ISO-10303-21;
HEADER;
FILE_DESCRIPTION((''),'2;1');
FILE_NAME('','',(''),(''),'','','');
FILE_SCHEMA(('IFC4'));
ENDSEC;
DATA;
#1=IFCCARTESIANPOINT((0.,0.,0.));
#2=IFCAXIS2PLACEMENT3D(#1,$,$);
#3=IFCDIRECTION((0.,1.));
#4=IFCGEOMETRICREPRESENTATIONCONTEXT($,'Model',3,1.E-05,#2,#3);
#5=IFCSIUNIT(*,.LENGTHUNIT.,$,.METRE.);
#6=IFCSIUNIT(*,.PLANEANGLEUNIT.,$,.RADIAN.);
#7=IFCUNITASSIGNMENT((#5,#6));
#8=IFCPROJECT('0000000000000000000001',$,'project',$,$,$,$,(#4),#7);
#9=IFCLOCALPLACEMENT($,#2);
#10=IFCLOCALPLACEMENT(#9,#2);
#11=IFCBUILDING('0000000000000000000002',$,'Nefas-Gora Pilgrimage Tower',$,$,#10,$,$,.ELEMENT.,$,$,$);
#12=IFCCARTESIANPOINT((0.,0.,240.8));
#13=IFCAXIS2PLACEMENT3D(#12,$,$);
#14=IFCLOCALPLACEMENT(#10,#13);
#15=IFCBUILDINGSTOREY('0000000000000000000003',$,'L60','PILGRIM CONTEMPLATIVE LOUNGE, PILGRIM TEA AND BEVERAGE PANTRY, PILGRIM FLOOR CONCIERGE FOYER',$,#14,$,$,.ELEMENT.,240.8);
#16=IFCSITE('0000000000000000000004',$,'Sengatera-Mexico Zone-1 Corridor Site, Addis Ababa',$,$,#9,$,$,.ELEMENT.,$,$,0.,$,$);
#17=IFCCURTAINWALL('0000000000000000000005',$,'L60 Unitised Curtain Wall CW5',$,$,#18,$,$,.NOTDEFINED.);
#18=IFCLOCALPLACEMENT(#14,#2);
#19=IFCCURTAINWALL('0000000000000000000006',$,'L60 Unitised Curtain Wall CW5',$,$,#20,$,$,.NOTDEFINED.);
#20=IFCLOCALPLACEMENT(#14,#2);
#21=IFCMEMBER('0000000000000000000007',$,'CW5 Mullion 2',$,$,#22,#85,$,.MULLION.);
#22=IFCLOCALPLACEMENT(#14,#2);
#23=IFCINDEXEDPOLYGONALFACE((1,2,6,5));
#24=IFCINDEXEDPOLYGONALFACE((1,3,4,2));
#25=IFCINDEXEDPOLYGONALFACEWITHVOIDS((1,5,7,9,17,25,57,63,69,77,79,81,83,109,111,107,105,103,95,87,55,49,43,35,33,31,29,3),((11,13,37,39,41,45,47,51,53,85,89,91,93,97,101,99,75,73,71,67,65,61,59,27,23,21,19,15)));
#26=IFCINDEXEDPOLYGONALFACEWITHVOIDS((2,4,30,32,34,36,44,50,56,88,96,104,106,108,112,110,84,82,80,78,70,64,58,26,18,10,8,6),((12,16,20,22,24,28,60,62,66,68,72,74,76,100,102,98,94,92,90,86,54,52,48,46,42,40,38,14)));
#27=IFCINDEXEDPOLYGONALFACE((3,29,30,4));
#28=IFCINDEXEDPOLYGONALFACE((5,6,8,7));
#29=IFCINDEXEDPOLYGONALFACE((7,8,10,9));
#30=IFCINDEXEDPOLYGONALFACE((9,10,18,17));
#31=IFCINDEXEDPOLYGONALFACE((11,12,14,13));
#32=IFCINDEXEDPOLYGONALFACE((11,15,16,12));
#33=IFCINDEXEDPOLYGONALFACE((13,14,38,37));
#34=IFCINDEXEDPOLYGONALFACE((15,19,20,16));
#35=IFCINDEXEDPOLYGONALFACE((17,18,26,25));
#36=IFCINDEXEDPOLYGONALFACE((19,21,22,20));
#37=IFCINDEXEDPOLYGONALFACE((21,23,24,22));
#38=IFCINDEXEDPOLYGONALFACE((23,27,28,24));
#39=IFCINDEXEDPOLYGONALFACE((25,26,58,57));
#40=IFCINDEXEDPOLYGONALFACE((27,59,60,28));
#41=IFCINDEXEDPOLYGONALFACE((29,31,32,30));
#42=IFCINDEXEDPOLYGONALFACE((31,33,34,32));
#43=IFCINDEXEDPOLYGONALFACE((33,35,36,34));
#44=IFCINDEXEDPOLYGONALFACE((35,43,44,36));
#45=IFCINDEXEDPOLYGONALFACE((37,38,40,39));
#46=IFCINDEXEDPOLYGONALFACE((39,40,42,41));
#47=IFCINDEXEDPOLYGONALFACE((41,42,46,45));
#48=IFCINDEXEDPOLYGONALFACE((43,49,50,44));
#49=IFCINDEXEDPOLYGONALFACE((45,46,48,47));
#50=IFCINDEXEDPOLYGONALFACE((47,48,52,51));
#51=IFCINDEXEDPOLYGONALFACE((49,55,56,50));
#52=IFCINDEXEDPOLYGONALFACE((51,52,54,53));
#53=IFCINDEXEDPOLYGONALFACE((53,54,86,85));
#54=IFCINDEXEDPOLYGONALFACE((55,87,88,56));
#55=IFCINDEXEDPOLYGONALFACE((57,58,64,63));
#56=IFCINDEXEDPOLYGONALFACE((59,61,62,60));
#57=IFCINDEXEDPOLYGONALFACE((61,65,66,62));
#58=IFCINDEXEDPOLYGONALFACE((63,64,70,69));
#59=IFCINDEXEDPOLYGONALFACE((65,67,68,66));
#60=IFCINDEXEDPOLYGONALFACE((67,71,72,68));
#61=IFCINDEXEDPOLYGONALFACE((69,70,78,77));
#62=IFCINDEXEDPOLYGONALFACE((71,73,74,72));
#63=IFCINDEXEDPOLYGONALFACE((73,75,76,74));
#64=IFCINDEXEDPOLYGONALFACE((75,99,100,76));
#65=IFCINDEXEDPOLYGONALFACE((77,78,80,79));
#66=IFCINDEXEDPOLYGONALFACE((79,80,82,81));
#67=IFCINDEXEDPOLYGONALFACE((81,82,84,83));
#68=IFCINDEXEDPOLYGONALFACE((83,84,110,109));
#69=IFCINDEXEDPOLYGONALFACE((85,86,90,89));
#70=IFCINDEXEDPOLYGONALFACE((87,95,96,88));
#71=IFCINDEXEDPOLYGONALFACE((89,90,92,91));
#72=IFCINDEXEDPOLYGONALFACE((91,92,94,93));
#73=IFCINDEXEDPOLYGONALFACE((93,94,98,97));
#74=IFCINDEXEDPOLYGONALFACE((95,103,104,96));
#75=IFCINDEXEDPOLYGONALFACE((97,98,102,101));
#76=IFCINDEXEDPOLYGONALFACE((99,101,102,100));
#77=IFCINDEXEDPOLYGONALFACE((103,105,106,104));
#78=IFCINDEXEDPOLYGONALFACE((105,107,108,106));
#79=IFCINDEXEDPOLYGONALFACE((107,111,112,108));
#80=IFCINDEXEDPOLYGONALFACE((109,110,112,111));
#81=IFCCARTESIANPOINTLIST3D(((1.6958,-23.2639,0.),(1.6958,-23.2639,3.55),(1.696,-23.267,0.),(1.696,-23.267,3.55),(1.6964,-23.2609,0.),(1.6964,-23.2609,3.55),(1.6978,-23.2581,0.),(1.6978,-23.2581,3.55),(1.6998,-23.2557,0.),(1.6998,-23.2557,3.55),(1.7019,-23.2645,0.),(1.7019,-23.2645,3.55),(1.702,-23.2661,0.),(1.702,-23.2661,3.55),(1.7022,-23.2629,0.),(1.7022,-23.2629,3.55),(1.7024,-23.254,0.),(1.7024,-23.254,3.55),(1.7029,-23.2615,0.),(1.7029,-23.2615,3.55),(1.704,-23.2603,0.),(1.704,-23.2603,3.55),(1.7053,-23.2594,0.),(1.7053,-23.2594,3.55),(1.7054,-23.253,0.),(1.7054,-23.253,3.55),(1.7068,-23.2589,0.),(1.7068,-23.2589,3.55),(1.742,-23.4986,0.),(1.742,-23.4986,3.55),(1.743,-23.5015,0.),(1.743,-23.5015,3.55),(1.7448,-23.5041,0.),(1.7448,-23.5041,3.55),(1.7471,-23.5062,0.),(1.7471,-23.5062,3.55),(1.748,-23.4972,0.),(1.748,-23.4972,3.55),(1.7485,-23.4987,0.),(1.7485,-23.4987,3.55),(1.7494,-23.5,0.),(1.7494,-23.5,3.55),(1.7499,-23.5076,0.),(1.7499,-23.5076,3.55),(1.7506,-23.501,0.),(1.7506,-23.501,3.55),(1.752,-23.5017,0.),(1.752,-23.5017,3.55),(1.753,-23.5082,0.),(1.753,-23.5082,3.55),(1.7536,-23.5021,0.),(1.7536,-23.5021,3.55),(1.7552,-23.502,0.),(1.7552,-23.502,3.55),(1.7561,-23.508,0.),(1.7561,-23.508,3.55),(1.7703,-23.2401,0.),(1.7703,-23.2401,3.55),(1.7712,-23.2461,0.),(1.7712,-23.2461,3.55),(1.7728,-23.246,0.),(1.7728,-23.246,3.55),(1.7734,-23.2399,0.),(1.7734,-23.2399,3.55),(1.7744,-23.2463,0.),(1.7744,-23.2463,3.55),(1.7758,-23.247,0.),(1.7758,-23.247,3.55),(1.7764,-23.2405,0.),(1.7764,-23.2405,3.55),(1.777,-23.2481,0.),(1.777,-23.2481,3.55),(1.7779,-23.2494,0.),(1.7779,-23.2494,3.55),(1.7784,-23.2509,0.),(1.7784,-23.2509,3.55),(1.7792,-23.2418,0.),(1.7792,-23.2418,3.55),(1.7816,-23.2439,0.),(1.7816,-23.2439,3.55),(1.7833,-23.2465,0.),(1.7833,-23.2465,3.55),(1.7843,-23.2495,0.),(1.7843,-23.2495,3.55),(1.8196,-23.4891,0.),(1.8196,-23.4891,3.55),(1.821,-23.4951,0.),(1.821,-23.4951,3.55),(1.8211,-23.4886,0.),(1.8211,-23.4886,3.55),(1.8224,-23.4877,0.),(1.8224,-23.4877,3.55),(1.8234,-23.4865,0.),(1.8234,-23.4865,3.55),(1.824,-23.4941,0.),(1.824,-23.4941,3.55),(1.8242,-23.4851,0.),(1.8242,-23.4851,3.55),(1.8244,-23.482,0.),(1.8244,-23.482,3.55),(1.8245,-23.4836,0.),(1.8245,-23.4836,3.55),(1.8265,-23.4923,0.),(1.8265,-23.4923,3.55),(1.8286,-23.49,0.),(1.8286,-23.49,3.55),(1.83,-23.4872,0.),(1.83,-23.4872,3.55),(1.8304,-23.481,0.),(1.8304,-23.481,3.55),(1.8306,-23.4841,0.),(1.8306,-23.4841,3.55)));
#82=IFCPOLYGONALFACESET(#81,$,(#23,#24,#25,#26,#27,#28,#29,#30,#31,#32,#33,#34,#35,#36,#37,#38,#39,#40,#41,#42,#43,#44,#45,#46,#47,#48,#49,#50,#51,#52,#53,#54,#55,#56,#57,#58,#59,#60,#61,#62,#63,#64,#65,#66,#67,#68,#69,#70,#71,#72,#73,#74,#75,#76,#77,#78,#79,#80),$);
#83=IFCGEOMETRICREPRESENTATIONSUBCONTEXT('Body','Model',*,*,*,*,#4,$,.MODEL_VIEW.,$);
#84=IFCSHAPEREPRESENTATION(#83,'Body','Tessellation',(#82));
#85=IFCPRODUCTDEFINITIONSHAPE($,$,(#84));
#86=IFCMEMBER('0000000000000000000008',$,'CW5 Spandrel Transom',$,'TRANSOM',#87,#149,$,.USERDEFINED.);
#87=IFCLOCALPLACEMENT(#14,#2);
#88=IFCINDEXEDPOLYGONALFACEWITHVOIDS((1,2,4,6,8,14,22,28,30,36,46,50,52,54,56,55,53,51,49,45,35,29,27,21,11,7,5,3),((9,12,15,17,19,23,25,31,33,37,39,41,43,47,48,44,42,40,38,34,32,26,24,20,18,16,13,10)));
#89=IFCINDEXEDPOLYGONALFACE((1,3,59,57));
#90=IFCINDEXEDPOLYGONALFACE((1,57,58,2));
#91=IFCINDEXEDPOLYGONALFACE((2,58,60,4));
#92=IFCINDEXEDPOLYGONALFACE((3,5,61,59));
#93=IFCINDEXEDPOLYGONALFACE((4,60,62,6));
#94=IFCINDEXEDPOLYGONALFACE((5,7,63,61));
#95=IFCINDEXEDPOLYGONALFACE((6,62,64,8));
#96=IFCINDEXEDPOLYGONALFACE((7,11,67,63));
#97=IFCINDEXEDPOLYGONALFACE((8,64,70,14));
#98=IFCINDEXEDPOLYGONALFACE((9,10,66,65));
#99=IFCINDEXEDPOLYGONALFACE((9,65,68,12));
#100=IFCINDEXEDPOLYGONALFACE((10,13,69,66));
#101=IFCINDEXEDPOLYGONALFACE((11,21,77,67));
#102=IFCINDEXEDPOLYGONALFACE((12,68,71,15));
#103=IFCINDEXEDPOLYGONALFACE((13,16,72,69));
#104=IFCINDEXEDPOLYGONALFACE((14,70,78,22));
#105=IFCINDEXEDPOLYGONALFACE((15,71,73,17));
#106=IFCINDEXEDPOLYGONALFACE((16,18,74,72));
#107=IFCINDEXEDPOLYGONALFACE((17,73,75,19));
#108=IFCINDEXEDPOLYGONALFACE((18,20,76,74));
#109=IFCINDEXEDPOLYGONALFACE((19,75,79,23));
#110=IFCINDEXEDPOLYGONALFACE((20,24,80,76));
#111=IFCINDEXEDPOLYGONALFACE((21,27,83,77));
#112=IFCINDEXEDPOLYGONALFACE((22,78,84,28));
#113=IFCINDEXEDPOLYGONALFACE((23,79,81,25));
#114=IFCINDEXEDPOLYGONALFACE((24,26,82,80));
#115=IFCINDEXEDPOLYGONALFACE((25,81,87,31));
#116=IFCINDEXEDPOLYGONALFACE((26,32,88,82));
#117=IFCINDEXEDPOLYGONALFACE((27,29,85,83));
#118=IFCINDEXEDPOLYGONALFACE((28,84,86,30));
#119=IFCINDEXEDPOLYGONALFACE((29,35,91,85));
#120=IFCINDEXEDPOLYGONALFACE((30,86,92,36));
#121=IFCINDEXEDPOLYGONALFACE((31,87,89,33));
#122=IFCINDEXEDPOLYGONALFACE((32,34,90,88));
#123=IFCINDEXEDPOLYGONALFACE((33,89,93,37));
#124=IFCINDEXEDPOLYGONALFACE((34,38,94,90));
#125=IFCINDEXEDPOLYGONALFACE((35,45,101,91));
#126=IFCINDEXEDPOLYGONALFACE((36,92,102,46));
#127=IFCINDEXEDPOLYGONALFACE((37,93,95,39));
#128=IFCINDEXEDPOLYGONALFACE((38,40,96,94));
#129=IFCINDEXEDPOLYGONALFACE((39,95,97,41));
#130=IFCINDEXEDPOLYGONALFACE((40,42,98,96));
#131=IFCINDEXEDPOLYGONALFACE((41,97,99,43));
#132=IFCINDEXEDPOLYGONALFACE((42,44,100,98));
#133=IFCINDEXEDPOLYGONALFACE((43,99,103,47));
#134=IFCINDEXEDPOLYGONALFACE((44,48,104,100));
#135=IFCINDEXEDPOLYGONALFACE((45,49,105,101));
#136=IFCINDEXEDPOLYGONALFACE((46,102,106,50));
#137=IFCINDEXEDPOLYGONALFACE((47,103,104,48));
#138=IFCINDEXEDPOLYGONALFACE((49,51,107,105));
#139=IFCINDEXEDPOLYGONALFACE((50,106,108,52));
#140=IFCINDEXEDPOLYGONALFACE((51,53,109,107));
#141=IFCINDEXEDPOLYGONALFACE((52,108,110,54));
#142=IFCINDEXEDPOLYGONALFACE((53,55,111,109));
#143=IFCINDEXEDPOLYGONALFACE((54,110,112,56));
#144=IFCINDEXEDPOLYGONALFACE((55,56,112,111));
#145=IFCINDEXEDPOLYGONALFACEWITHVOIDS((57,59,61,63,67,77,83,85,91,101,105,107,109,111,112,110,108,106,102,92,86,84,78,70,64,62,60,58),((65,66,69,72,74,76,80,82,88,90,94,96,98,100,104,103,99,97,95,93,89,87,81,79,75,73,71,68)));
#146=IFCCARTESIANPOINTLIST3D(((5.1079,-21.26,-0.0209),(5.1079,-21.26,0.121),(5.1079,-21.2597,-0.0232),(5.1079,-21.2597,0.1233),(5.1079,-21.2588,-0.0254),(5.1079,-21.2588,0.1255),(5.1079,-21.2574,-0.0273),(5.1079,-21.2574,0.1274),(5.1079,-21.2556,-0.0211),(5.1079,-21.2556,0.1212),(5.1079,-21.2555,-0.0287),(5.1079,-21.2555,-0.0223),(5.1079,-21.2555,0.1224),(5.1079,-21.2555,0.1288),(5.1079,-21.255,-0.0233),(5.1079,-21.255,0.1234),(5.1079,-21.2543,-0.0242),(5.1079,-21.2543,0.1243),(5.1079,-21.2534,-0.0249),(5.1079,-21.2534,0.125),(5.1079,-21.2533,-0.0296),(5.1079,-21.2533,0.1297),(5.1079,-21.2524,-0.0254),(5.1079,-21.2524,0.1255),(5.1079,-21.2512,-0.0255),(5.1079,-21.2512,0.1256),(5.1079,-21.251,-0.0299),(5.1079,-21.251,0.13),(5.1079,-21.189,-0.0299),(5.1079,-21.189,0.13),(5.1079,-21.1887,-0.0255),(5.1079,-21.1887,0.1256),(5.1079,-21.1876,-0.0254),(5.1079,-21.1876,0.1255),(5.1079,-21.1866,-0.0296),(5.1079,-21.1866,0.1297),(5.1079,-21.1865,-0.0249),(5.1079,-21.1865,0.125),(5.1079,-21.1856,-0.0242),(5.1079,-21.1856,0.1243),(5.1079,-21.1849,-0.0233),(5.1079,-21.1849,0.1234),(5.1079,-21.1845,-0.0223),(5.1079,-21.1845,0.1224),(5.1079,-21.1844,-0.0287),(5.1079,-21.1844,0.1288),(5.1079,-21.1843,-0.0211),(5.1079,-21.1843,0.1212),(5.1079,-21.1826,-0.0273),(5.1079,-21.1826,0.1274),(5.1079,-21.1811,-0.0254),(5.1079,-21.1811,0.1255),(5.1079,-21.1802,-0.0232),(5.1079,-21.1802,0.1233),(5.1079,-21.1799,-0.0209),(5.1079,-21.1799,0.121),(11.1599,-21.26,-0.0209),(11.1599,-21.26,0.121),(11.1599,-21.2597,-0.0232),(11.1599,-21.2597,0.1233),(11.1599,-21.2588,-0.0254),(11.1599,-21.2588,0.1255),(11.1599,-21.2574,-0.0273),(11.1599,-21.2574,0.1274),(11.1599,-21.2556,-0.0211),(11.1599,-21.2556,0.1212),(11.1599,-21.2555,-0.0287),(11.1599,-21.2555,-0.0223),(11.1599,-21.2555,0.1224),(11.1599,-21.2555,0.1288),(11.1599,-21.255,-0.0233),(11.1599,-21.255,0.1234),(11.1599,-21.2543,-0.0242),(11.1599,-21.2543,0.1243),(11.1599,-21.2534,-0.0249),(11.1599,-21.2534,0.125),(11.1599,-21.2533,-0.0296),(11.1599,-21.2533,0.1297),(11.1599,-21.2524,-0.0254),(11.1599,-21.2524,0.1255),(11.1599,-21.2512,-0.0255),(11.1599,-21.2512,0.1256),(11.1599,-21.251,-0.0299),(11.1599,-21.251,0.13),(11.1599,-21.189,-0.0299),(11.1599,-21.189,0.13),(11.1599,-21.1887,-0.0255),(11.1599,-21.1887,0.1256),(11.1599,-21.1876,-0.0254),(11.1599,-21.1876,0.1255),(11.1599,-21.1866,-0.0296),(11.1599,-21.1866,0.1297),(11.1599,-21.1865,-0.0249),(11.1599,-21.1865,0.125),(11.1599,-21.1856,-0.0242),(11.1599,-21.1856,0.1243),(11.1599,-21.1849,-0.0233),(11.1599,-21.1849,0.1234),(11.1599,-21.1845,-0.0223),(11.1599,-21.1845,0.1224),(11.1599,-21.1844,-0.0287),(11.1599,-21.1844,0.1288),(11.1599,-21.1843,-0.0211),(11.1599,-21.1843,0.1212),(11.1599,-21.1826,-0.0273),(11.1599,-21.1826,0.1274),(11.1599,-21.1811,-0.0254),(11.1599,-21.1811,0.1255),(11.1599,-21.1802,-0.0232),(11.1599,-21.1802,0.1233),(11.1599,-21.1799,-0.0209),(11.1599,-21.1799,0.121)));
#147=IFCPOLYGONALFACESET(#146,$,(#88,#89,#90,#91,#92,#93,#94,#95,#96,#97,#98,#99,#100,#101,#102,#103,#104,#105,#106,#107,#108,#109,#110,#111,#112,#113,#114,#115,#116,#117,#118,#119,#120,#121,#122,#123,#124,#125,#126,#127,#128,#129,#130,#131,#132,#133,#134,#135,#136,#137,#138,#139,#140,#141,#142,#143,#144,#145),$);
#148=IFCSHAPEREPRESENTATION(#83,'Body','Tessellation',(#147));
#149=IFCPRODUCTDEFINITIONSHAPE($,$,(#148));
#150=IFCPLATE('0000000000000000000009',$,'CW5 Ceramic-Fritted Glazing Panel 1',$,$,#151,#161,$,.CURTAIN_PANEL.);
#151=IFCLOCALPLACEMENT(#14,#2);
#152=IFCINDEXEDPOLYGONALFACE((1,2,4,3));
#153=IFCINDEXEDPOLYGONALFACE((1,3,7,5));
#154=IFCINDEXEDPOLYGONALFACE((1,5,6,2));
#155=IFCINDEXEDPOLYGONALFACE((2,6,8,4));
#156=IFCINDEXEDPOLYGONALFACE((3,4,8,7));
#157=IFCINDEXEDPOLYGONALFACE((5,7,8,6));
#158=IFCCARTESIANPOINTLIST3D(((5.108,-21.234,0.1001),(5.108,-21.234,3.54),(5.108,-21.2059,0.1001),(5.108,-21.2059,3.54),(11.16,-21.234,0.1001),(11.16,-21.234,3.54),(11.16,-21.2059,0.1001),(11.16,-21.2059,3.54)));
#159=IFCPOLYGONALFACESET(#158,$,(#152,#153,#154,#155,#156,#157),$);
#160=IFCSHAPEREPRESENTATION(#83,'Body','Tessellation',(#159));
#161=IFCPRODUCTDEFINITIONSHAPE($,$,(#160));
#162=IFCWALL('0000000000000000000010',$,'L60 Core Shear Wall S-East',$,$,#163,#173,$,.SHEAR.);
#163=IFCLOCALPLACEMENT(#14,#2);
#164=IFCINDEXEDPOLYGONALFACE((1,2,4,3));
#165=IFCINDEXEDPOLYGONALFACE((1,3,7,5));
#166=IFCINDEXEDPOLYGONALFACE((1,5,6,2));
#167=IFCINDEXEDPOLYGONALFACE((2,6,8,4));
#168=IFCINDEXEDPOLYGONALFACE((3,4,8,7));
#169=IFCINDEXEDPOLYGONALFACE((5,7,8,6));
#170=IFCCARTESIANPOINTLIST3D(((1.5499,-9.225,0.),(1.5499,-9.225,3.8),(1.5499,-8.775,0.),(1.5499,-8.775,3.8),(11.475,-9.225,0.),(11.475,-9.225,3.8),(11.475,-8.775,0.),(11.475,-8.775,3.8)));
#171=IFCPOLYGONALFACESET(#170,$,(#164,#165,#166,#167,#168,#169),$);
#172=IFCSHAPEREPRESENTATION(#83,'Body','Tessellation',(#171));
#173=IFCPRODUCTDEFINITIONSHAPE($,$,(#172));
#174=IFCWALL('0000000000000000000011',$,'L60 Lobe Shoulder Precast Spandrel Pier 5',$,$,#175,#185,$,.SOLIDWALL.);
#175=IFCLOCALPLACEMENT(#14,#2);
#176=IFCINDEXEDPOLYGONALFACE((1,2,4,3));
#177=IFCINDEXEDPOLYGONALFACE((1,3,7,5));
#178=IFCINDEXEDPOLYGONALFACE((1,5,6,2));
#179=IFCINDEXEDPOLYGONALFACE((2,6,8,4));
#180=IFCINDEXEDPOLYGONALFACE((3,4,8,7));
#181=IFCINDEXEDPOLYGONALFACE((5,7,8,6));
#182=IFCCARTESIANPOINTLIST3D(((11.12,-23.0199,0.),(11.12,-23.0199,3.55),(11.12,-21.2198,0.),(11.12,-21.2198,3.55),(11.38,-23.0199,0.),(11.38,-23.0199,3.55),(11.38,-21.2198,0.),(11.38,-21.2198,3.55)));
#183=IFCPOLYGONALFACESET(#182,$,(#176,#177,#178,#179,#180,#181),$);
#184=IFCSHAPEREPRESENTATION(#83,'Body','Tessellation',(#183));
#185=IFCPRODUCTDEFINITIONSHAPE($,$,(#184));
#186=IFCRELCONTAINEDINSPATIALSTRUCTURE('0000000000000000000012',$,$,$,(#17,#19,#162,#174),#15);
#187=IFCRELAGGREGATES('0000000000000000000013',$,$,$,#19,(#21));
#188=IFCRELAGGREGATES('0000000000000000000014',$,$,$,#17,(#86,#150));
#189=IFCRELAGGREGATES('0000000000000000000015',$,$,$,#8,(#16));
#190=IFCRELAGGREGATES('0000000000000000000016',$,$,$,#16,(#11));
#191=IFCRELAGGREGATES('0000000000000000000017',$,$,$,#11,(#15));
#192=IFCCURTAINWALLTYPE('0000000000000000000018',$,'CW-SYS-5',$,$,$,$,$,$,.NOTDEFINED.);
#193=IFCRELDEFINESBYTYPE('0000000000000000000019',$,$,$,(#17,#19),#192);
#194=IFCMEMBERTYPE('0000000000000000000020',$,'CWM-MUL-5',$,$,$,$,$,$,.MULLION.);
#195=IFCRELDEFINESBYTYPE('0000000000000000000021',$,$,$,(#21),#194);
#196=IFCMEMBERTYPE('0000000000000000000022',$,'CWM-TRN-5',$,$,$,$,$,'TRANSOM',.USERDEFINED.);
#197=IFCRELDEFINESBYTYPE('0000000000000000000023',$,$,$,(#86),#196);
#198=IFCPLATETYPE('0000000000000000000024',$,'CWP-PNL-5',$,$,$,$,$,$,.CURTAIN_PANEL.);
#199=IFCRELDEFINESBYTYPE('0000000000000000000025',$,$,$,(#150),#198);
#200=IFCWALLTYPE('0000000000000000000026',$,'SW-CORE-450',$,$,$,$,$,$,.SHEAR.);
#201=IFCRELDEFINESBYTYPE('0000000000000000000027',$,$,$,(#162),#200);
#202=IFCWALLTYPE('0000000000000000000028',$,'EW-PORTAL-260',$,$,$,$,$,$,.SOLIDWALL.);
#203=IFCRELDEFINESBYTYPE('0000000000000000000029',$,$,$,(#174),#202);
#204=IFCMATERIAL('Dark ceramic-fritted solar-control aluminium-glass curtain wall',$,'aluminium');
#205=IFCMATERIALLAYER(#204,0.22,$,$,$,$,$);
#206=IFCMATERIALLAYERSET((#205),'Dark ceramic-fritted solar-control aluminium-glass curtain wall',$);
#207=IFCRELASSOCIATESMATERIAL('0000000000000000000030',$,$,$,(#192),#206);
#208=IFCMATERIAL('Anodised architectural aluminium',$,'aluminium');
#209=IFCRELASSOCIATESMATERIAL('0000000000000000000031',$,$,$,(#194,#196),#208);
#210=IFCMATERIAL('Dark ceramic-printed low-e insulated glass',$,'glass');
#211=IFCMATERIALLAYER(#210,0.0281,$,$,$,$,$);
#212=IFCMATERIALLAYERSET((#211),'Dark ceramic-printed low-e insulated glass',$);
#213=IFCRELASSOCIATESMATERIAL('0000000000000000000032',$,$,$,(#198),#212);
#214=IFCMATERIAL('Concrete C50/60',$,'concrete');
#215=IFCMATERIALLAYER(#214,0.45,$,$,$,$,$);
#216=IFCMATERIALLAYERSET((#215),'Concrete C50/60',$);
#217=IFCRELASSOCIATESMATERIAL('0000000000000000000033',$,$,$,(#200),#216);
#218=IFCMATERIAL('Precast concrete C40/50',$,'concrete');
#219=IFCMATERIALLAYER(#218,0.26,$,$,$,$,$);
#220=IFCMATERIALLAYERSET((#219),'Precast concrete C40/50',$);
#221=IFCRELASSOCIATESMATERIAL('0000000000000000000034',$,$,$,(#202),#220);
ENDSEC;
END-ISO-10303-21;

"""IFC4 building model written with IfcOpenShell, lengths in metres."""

from ifc_helpers import new_model, si_unit, direction, frame, frame_2d, origin, origin_2d, place, context, subcontext, project, spatial, rectangle, hollow_rectangle, extrude, source, transform, mapped, material, layer, layer_set, material_profile, profile_set, type_object, element, aggregate, save


model = new_model("IFC4")

# Units and contexts
model_context = context("Model", 3, precision=1e-05, world=origin(), true_north=direction((0.0, 1.0)))
body_context = subcontext(model_context, "Body", "Model", "MODEL_VIEW")
ifc_project = project(units=[si_unit("LENGTHUNIT", "METRE"), si_unit("PLANEANGLEUNIT", "RADIAN")], contexts=[model_context])

# Site, building, storey
site_placement = place(None, origin())
site = spatial("IfcSite", under=ifc_project, at=site_placement, Name="Sengatera-Mexico Zone-1 Corridor Site, Addis Ababa", CompositionType="ELEMENT", RefElevation=0.0)
building_placement = place(site_placement, origin())
building = spatial("IfcBuilding", under=site, at=building_placement, Name="Nefas-Gora Pilgrimage Tower", CompositionType="ELEMENT")
storey_placement = place(building_placement, frame((0.0, 0.0, 240.8)))
storey = spatial("IfcBuildingStorey", under=building, at=storey_placement, Name="L60", Description="PILGRIM CONTEMPLATIVE LOUNGE, PILGRIM TEA AND BEVERAGE PANTRY, PILGRIM FLOOR CONCIERGE FOYER", CompositionType="ELEMENT", Elevation=240.8)

# Curtain wall
ifc_material_1 = material(Name="Dark ceramic-fritted solar-control aluminium-glass curtain wall", Category="aluminium")
ifc_layer_1 = layer(ifc_material_1, 0.22)
ifc_layer_set_1 = layer_set([ifc_layer_1], Name="Dark ceramic-fritted solar-control aluminium-glass curtain wall")
curtain_wall_type = type_object("IfcCurtainWallType", Name="CW-SYS-5", PredefinedType="NOTDEFINED", material=ifc_layer_set_1)
curtain_wall_1_placement = place(storey_placement, origin())
curtain_wall_1 = element("IfcCurtainWall", 1, at=curtain_wall_1_placement, inside=storey, type_object=curtain_wall_type, Name="L60 Unitised Curtain Wall CW5", PredefinedType="NOTDEFINED")
ifc_material_2 = material(Name="Anodised architectural aluminium", Category="aluminium")
ifc_material_profile_1 = material_profile(ifc_material_2, hollow_rectangle(XDim=0.0901, YDim=0.26, WallThickness=0.0061, InnerFilletRadius=0.0061, OuterFilletRadius=0.012, at=origin_2d()), Name="ALU MULLION 90x260")
ifc_profile_set_1 = profile_set([ifc_material_profile_1], Name="Anodised architectural aluminium")
member_type_1 = type_object("IfcMemberType", Name="CWM-MUL-5", PredefinedType="MULLION", material=ifc_profile_set_1)
shared_shape_1 = source(origin(), body_context, "Body", "SweptSolid", [
    extrude(hollow_rectangle(XDim=0.0901, YDim=0.26, WallThickness=0.0061, InnerFilletRadius=0.0061, OuterFilletRadius=0.012, at=origin_2d()), origin(), (0.0, 0.0, 1.0), 3.55),
])

# Curtain wall, member
curtain_wall_2_placement = place(storey_placement, origin())
curtain_wall_2 = element("IfcCurtainWall", 2, at=curtain_wall_2_placement, inside=storey, type_object=curtain_wall_type, Name="L60 Unitised Curtain Wall CW5", PredefinedType="NOTDEFINED")
member_1_placement = place(storey_placement, frame((1.7632, -23.374, 0.0), z_axis=(0.0, 0.0, 1.0), x_axis=(0.980783, 0.195102, 0.0)))
member_1 = element("IfcMember", 3, at=member_1_placement, type_object=member_type_1, Name="CW5 Mullion 2", PredefinedType="MULLION", context=body_context, shape_type="MappedRepresentation", body=[
    mapped(shared_shape_1, transform((0.0, 0.0, 0.0), x_axis=(1.0, 0.0, 0.0), y_axis=(0.0, 1.0, 0.0), z_axis=(0.0, 0.0, 1.0), scale=1.0)),
])
aggregate(curtain_wall_2, [member_1])

# Member
ifc_material_profile_2 = material_profile(ifc_material_2, hollow_rectangle(XDim=0.0801, YDim=0.1599, WallThickness=0.0044, InnerFilletRadius=0.0044, OuterFilletRadius=0.009, at=origin_2d()), Name="ALU TRANSOM 80x160")
ifc_profile_set_2 = profile_set([ifc_material_profile_2], Name="Anodised architectural aluminium")
member_type_2 = type_object("IfcMemberType", Name="CWM-TRN-5", ElementType="TRANSOM", PredefinedType="USERDEFINED", material=ifc_profile_set_2)
shared_shape_2 = source(origin(), body_context, "Body", "SweptSolid", [
    extrude(hollow_rectangle(XDim=0.0801, YDim=0.1599, WallThickness=0.0044, InnerFilletRadius=0.0044, OuterFilletRadius=0.009, at=origin_2d()), origin(), (0.0, 0.0, 1.0), 6.052),
])
member_2_placement = place(storey_placement, frame((5.1079, -21.22, 0.05), z_axis=(1.0, 0.0, 0.0), x_axis=(0.0, 1.0, 0.0)))
member_2 = element("IfcMember", 4, at=member_2_placement, type_object=member_type_2, Name="CW5 Spandrel Transom", ObjectType="TRANSOM", PredefinedType="USERDEFINED", context=body_context, shape_type="MappedRepresentation", body=[
    mapped(shared_shape_2, transform((0.0, 0.0, 0.0), x_axis=(1.0, 0.0, 0.0), y_axis=(0.0, 1.0, 0.0), z_axis=(0.0, 0.0, 1.0), scale=1.0)),
])

# Plate
ifc_material_3 = material(Name="Dark ceramic-printed low-e insulated glass", Category="glass")
ifc_layer_2 = layer(ifc_material_3, 0.0281)
ifc_layer_set_2 = layer_set([ifc_layer_2], Name="Dark ceramic-printed low-e insulated glass")
plate_type = type_object("IfcPlateType", Name="CWP-PNL-5", PredefinedType="CURTAIN_PANEL", material=ifc_layer_set_2)
shared_shape_3 = source(origin(), body_context, "Body", "SweptSolid", [
    extrude(rectangle(XDim=6.052, YDim=0.0281, at=origin_2d()), origin(), (0.0, 0.0, 1.0), 3.4399),
])
plate_placement = place(storey_placement, frame((8.134, -21.22, 0.1001), z_axis=(0.0, 0.0, 1.0), x_axis=(1.0, 0.0, 0.0)))
plate = element("IfcPlate", 5, at=plate_placement, type_object=plate_type, Name="CW5 Ceramic-Fritted Glazing Panel 1", PredefinedType="CURTAIN_PANEL", context=body_context, shape_type="MappedRepresentation", body=[
    mapped(shared_shape_3, transform((0.0, 0.0, 0.0), x_axis=(1.0, 0.0, 0.0), y_axis=(0.0, 1.0, 0.0), z_axis=(0.0, 0.0, 1.0), scale=1.0)),
])
aggregate(curtain_wall_1, [member_2, plate])

# Walls
ifc_material_4 = material(Name="Concrete C50/60", Category="concrete")
ifc_layer_3 = layer(ifc_material_4, 0.45)
ifc_layer_set_3 = layer_set([ifc_layer_3], Name="Concrete C50/60")
wall_type_1 = type_object("IfcWallType", Name="SW-CORE-450", PredefinedType="SHEAR", material=ifc_layer_set_3)
shared_shape_4 = source(origin(), body_context, "Body", "SweptSolid", [
    extrude(rectangle(XDim=9.925, YDim=0.45, at=frame_2d((4.9624, 0.0))), origin(), (0.0, 0.0, 1.0), 3.8),
])
wall_1_placement = place(storey_placement, frame((1.55, -9.0, 0.0), z_axis=(0.0, 0.0, 1.0), x_axis=(1.0, 0.0, 0.0)))
element("IfcWall", 6, at=wall_1_placement, inside=storey, type_object=wall_type_1, Name="L60 Core Shear Wall S-East", PredefinedType="SHEAR", context=body_context, shape_type="MappedRepresentation", body=[
    mapped(shared_shape_4, transform((0.0, 0.0, 0.0), x_axis=(1.0, 0.0, 0.0), y_axis=(0.0, 1.0, 0.0), z_axis=(0.0, 0.0, 1.0), scale=1.0)),
])
ifc_material_5 = material(Name="Precast concrete C40/50", Category="concrete")
ifc_layer_4 = layer(ifc_material_5, 0.26)
ifc_layer_set_4 = layer_set([ifc_layer_4], Name="Precast concrete C40/50")
wall_type_2 = type_object("IfcWallType", Name="EW-PORTAL-260", PredefinedType="SOLIDWALL", material=ifc_layer_set_4)
shared_shape_5 = source(origin(), body_context, "Body", "SweptSolid", [
    extrude(rectangle(XDim=1.8, YDim=0.26, at=frame_2d((0.8999, 0.0))), origin(), (0.0, 0.0, 1.0), 3.55),
])
wall_2_placement = place(storey_placement, frame((11.25, -21.22, 0.0), z_axis=(0.0, 0.0, 1.0), x_axis=(0.0, -1.0, 0.0)))
element("IfcWall", 7, at=wall_2_placement, inside=storey, type_object=wall_type_2, Name="L60 Lobe Shoulder Precast Spandrel Pier 5", PredefinedType="SOLIDWALL", context=body_context, shape_type="MappedRepresentation", body=[
    mapped(shared_shape_5, transform((0.0, 0.0, 0.0), x_axis=(1.0, 0.0, 0.0), y_axis=(0.0, 1.0, 0.0), z_axis=(0.0, 0.0, 1.0), scale=1.0)),
])

save(model, "model.ifc")
